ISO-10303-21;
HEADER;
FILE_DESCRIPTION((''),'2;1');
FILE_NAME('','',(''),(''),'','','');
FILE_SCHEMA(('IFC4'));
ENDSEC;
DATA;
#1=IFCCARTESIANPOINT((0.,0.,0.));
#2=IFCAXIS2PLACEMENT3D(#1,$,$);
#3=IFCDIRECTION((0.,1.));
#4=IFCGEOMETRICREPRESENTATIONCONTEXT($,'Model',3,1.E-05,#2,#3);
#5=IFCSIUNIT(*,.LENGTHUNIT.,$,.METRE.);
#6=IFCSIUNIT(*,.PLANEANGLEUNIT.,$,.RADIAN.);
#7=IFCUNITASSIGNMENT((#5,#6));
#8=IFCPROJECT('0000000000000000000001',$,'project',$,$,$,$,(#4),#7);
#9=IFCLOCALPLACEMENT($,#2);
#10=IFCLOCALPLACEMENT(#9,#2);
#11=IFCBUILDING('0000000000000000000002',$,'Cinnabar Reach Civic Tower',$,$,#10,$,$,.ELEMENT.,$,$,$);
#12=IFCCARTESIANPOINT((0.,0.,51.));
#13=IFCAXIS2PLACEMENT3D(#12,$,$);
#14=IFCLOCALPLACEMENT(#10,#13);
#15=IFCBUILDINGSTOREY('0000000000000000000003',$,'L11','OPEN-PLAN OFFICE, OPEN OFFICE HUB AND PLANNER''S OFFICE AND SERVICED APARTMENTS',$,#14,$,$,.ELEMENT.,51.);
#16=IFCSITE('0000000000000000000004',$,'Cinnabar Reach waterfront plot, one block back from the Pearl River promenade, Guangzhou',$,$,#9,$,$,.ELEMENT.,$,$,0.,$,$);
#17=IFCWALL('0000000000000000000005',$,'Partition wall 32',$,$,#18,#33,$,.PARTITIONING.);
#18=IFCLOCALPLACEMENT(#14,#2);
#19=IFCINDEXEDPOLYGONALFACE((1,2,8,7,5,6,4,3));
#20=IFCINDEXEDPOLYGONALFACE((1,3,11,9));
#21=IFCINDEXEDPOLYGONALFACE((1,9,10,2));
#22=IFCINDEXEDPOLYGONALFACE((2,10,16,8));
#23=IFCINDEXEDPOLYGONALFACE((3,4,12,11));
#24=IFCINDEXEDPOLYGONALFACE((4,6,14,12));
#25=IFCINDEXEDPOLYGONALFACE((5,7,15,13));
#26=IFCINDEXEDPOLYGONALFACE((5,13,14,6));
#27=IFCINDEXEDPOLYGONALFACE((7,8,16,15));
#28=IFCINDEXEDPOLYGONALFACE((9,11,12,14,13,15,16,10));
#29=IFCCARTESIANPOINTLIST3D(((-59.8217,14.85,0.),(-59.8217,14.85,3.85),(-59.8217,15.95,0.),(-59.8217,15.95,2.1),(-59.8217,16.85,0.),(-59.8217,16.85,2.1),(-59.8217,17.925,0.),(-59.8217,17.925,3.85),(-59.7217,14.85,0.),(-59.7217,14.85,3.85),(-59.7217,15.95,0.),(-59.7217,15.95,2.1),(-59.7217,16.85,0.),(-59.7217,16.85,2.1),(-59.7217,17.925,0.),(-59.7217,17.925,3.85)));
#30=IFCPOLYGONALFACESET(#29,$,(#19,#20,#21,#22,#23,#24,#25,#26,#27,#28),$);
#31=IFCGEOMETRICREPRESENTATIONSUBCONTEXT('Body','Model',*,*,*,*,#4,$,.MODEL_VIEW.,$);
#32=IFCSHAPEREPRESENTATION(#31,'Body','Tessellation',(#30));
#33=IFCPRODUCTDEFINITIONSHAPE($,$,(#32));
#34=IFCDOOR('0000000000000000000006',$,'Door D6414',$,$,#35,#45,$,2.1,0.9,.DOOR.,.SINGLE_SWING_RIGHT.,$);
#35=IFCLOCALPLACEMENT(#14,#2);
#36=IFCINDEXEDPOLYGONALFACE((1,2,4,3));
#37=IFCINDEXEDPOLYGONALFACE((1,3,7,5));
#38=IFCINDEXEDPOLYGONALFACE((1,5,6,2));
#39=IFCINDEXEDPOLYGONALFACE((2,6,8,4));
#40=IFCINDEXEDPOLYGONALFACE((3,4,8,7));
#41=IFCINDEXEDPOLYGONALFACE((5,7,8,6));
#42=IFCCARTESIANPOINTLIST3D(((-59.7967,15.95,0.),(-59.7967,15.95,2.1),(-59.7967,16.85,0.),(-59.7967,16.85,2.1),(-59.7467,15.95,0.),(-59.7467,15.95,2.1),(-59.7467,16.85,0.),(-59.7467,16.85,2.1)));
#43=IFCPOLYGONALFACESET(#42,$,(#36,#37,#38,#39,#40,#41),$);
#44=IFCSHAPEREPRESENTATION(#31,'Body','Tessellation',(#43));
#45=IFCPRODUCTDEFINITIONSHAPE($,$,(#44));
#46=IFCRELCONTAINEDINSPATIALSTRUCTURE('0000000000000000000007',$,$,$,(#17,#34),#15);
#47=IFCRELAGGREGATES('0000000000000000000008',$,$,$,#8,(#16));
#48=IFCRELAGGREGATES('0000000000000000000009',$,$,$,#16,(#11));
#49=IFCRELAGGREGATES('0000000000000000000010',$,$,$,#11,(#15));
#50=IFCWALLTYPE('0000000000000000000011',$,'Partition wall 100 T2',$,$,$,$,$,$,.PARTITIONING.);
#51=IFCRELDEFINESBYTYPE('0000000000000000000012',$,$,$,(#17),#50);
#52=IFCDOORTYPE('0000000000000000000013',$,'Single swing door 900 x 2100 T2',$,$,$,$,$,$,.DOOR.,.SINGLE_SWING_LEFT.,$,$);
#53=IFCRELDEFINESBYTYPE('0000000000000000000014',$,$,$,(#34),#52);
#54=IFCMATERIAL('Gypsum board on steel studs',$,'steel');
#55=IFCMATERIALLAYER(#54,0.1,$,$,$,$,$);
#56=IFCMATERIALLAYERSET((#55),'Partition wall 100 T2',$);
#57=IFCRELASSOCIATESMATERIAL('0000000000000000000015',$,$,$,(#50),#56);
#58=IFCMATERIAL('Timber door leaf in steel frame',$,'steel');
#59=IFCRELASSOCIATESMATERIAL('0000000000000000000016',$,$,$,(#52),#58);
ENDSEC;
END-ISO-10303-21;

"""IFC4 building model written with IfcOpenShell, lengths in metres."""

from ifc_helpers import new_model, si_unit, direction, frame, frame_2d, origin, place, context, subcontext, project, spatial, rectangle, extrude, material, layer, layer_set, type_object, element, fill, save


model = new_model("IFC4")

# Units and contexts
model_context = context("Model", 3, precision=1e-05, world=origin(), true_north=direction((0.0, 1.0)))
body_context = subcontext(model_context, "Body", "Model", "MODEL_VIEW")
ifc_project = project(units=[si_unit("LENGTHUNIT", "METRE"), si_unit("PLANEANGLEUNIT", "RADIAN")], contexts=[model_context])

# Site, building, storey
site_placement = place(None, origin())
site = spatial("IfcSite", under=ifc_project, at=site_placement, Name="Cinnabar Reach waterfront plot, one block back from the Pearl River promenade, Guangzhou", CompositionType="ELEMENT", RefElevation=0.0)
building_placement = place(site_placement, origin())
building = spatial("IfcBuilding", under=site, at=building_placement, Name="Cinnabar Reach Civic Tower", CompositionType="ELEMENT")
storey_placement = place(building_placement, frame((0.0, 0.0, 51.0)))
storey = spatial("IfcBuildingStorey", under=building, at=storey_placement, Name="L11", Description="OPEN-PLAN OFFICE, OPEN OFFICE HUB AND PLANNER'S OFFICE AND SERVICED APARTMENTS", CompositionType="ELEMENT", Elevation=51.0)

# Wall, opening, door
ifc_material_1 = material(Name="Gypsum board on steel studs", Category="steel")
ifc_layer_1 = layer(ifc_material_1, 0.1)
ifc_layer_set_1 = layer_set([ifc_layer_1], Name="Partition wall 100 T2")
wall_type_1 = type_object("IfcWallType", Name="Partition wall 100 T2", PredefinedType="PARTITIONING", material=ifc_layer_set_1)
ifc_material_2 = material(Name="Timber door leaf in steel frame", Category="steel")
door_type_1 = type_object("IfcDoorType", Name="Single swing door 900 x 2100 T2", OperationType="SINGLE_SWING_LEFT", PredefinedType="DOOR", material=ifc_material_2)
wall_1_placement = place(storey_placement, frame((-59.7717, 14.85, 0.0), z_axis=(0.0, 0.0, 1.0), x_axis=(0.0, 1.0, 0.0)))
wall_1 = element("IfcWall", 1, at=wall_1_placement, inside=storey, type_object=wall_type_1, Name="Partition wall 32", PredefinedType="PARTITIONING", context=body_context, shape_type="SweptSolid", body=[
    extrude(rectangle(XDim=3.075, YDim=0.1, at=frame_2d((1.5375, 0.0))), origin(), (0.0, 0.0, 1.0), 3.85),
])
opening_1_placement = place(wall_1_placement, frame((1.1, 0.0, 0.0)))
opening_1 = element("IfcOpeningElement", 2, at=opening_1_placement, cuts=wall_1, PredefinedType="OPENING", context=body_context, shape_type="SweptSolid", body=[
    extrude(rectangle(XDim=0.9, YDim=2.1, at=frame_2d((0.45, 1.05))), frame((0.0, 0.06, 0.0), z_axis=(0.0, -1.0, 0.0), x_axis=(1.0, 0.0, 0.0)), (0.0, 0.0, 1.0), 0.12),
])
door_1_placement = place(opening_1_placement, frame((0.9, 0.0, 0.0), z_axis=(0.0, 0.0, 1.0), x_axis=(-1.0, 0.0, 0.0)))
door_1 = element("IfcDoor", 3, at=door_1_placement, inside=storey, type_object=door_type_1, Name="Door D6414", OperationType="SINGLE_SWING_RIGHT", OverallHeight=2.1, OverallWidth=0.9, PredefinedType="DOOR", context=body_context, shape_type="SweptSolid", body=[
    extrude(rectangle(XDim=0.9, YDim=2.1, at=frame_2d((0.45, 1.05))), frame((0.0, 0.025, 0.0), z_axis=(0.0, -1.0, 0.0), x_axis=(1.0, 0.0, 0.0)), (0.0, 0.0, 1.0), 0.05),
])
fill(opening_1, door_1)

save(model, "model.ifc")
